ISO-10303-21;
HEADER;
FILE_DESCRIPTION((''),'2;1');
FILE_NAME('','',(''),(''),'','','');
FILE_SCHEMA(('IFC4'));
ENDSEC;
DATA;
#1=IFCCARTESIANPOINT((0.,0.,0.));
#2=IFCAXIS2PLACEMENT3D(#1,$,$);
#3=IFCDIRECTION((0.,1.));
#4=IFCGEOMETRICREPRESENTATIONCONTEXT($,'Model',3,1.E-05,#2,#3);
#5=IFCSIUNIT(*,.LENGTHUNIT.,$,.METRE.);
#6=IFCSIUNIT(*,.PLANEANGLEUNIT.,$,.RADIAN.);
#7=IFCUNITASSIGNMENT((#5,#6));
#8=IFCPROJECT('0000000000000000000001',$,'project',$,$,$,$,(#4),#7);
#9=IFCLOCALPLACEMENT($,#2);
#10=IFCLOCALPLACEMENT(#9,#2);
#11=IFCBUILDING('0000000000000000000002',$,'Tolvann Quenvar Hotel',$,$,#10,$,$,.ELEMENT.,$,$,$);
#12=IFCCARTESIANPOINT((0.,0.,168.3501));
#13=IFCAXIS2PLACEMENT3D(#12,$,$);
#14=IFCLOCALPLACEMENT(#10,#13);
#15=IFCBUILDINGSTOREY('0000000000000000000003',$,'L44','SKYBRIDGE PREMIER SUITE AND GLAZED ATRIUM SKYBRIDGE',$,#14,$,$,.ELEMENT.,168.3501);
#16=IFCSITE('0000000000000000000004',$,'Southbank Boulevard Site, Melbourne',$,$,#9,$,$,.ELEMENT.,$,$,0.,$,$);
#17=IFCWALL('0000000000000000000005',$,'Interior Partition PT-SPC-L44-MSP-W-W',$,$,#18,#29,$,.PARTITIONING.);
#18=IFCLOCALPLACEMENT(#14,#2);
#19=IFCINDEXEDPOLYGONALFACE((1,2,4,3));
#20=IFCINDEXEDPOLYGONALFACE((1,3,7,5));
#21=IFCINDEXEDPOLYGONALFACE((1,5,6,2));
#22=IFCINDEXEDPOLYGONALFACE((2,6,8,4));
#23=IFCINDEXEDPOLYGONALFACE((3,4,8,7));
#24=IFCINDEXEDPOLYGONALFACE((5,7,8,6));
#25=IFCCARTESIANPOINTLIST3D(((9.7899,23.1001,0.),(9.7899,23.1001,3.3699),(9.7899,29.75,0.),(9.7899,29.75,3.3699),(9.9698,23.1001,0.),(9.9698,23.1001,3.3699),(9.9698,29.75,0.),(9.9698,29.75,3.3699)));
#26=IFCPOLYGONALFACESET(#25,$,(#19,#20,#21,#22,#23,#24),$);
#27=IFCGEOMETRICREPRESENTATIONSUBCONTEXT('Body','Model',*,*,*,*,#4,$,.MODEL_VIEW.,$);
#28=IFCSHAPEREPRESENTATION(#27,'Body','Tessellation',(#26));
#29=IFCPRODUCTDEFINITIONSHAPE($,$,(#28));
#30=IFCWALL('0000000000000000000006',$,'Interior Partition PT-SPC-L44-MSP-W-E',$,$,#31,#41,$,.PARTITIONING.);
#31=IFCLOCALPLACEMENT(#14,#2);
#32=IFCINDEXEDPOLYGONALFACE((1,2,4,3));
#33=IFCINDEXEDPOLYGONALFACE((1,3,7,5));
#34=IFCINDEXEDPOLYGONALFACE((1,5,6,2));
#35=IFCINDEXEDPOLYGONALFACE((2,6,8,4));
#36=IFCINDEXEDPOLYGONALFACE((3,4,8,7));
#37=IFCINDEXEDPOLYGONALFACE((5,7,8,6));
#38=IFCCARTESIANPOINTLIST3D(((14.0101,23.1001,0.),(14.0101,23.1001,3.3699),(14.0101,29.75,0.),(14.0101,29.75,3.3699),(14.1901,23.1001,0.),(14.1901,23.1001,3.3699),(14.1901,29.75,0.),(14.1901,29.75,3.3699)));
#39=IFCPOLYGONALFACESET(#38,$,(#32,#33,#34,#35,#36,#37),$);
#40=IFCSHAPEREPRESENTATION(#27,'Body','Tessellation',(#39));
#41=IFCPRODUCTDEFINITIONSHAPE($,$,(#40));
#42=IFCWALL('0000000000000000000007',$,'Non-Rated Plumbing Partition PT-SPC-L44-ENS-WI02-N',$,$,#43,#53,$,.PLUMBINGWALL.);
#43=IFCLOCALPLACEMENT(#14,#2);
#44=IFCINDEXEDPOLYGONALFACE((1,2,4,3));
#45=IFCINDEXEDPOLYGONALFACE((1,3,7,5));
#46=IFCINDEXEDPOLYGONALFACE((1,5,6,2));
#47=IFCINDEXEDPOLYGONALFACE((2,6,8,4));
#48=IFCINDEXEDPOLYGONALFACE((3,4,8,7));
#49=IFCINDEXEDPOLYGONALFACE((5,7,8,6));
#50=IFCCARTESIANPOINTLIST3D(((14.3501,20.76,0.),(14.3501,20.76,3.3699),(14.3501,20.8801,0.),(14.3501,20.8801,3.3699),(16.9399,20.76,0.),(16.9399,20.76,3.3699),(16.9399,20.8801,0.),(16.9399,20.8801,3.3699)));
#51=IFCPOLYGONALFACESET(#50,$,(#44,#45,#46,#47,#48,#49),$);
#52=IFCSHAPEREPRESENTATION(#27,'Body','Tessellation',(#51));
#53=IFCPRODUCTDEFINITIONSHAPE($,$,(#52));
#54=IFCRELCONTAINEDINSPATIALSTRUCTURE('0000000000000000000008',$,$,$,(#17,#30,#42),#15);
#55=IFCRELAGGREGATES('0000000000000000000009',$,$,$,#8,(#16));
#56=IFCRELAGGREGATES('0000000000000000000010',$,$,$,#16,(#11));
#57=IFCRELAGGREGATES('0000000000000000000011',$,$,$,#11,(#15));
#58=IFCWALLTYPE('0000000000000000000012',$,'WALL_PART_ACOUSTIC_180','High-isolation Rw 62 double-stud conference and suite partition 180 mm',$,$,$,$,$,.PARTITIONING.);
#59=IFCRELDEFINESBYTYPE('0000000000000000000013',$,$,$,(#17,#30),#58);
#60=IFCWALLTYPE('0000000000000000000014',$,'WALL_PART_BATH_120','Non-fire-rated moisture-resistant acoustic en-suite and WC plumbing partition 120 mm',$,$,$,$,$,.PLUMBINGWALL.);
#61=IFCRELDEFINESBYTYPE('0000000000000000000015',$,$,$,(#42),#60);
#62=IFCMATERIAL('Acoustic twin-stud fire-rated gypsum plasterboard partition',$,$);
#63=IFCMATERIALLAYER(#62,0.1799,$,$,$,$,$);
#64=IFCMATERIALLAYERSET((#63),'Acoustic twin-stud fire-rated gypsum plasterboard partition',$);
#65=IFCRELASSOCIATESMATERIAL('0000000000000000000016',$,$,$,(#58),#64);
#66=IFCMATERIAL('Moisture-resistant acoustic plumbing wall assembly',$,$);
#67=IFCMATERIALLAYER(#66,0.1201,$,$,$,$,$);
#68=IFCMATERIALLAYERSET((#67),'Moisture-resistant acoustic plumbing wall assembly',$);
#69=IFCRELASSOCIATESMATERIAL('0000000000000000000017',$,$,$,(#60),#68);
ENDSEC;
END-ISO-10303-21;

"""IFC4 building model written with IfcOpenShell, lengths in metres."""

from ifc_helpers import new_model, si_unit, direction, frame, frame_2d, origin, place, context, subcontext, project, spatial, rectangle, extrude, material, layer, layer_set, type_object, element, save


model = new_model("IFC4")

# Units and contexts
model_context = context("Model", 3, precision=1e-05, world=origin(), true_north=direction((0.0, 1.0)))
body_context = subcontext(model_context, "Body", "Model", "MODEL_VIEW")
ifc_project = project(units=[si_unit("LENGTHUNIT", "METRE"), si_unit("PLANEANGLEUNIT", "RADIAN")], contexts=[model_context])

# Site, building, storey
site_placement = place(None, origin())
site = spatial("IfcSite", under=ifc_project, at=site_placement, Name="Southbank Boulevard Site, Melbourne", CompositionType="ELEMENT", RefElevation=0.0)
building_placement = place(site_placement, origin())
building = spatial("IfcBuilding", under=site, at=building_placement, Name="Tolvann Quenvar Hotel", CompositionType="ELEMENT")
storey_placement = place(building_placement, frame((0.0, 0.0, 168.3501)))
storey = spatial("IfcBuildingStorey", under=building, at=storey_placement, Name="L44", Description="SKYBRIDGE PREMIER SUITE AND GLAZED ATRIUM SKYBRIDGE", CompositionType="ELEMENT", Elevation=168.3501)

# Shared definitions
ifc_material_1 = material(Name="Acoustic twin-stud fire-rated gypsum plasterboard partition")
ifc_layer_1 = layer(ifc_material_1, 0.1799)
ifc_layer_set_1 = layer_set([ifc_layer_1], Name="Acoustic twin-stud fire-rated gypsum plasterboard partition")
wall_type_1 = type_object("IfcWallType", Name="WALL_PART_ACOUSTIC_180", Description="High-isolation Rw 62 double-stud conference and suite partition 180 mm", PredefinedType="PARTITIONING", material=ifc_layer_set_1)

# Walls
for number, where, z_axis, x_axis, name in (
    (1, (9.8799, 23.1001, 0.0), (0.0, 0.0, 1.0), (0.0, 1.0, 0.0), "Interior Partition PT-SPC-L44-MSP-W-W"),
    (2, (14.1001, 23.1001, 0.0), (0.0, 0.0, 1.0), (0.0, 1.0, 0.0), "Interior Partition PT-SPC-L44-MSP-W-E"),
):
    element("IfcWall", number, at=place(storey_placement, frame(where, z_axis=z_axis, x_axis=x_axis)), inside=storey, type_object=wall_type_1, Name=name, PredefinedType="PARTITIONING", context=body_context, shape_type="SweptSolid", body=[
        extrude(rectangle(XDim=6.6499, YDim=0.1799, at=frame_2d((3.325, 0.0))), origin(), (0.0, 0.0, 1.0), 3.3699),
    ])
ifc_material_2 = material(Name="Moisture-resistant acoustic plumbing wall assembly")
ifc_layer_2 = layer(ifc_material_2, 0.1201)
ifc_layer_set_2 = layer_set([ifc_layer_2], Name="Moisture-resistant acoustic plumbing wall assembly")
wall_type_2 = type_object("IfcWallType", Name="WALL_PART_BATH_120", Description="Non-fire-rated moisture-resistant acoustic en-suite and WC plumbing partition 120 mm", PredefinedType="PLUMBINGWALL", material=ifc_layer_set_2)
wall_1_placement = place(storey_placement, frame((14.3501, 20.8201, 0.0), z_axis=(0.0, 0.0, 1.0), x_axis=(1.0, 0.0, 0.0)))
element("IfcWall", 3, at=wall_1_placement, inside=storey, type_object=wall_type_2, Name="Non-Rated Plumbing Partition PT-SPC-L44-ENS-WI02-N", PredefinedType="PLUMBINGWALL", context=body_context, shape_type="SweptSolid", body=[
    extrude(rectangle(XDim=2.5898, YDim=0.1201, at=frame_2d((1.2949, 0.0))), origin(), (0.0, 0.0, 1.0), 3.3699),
])

save(model, "model.ifc")
